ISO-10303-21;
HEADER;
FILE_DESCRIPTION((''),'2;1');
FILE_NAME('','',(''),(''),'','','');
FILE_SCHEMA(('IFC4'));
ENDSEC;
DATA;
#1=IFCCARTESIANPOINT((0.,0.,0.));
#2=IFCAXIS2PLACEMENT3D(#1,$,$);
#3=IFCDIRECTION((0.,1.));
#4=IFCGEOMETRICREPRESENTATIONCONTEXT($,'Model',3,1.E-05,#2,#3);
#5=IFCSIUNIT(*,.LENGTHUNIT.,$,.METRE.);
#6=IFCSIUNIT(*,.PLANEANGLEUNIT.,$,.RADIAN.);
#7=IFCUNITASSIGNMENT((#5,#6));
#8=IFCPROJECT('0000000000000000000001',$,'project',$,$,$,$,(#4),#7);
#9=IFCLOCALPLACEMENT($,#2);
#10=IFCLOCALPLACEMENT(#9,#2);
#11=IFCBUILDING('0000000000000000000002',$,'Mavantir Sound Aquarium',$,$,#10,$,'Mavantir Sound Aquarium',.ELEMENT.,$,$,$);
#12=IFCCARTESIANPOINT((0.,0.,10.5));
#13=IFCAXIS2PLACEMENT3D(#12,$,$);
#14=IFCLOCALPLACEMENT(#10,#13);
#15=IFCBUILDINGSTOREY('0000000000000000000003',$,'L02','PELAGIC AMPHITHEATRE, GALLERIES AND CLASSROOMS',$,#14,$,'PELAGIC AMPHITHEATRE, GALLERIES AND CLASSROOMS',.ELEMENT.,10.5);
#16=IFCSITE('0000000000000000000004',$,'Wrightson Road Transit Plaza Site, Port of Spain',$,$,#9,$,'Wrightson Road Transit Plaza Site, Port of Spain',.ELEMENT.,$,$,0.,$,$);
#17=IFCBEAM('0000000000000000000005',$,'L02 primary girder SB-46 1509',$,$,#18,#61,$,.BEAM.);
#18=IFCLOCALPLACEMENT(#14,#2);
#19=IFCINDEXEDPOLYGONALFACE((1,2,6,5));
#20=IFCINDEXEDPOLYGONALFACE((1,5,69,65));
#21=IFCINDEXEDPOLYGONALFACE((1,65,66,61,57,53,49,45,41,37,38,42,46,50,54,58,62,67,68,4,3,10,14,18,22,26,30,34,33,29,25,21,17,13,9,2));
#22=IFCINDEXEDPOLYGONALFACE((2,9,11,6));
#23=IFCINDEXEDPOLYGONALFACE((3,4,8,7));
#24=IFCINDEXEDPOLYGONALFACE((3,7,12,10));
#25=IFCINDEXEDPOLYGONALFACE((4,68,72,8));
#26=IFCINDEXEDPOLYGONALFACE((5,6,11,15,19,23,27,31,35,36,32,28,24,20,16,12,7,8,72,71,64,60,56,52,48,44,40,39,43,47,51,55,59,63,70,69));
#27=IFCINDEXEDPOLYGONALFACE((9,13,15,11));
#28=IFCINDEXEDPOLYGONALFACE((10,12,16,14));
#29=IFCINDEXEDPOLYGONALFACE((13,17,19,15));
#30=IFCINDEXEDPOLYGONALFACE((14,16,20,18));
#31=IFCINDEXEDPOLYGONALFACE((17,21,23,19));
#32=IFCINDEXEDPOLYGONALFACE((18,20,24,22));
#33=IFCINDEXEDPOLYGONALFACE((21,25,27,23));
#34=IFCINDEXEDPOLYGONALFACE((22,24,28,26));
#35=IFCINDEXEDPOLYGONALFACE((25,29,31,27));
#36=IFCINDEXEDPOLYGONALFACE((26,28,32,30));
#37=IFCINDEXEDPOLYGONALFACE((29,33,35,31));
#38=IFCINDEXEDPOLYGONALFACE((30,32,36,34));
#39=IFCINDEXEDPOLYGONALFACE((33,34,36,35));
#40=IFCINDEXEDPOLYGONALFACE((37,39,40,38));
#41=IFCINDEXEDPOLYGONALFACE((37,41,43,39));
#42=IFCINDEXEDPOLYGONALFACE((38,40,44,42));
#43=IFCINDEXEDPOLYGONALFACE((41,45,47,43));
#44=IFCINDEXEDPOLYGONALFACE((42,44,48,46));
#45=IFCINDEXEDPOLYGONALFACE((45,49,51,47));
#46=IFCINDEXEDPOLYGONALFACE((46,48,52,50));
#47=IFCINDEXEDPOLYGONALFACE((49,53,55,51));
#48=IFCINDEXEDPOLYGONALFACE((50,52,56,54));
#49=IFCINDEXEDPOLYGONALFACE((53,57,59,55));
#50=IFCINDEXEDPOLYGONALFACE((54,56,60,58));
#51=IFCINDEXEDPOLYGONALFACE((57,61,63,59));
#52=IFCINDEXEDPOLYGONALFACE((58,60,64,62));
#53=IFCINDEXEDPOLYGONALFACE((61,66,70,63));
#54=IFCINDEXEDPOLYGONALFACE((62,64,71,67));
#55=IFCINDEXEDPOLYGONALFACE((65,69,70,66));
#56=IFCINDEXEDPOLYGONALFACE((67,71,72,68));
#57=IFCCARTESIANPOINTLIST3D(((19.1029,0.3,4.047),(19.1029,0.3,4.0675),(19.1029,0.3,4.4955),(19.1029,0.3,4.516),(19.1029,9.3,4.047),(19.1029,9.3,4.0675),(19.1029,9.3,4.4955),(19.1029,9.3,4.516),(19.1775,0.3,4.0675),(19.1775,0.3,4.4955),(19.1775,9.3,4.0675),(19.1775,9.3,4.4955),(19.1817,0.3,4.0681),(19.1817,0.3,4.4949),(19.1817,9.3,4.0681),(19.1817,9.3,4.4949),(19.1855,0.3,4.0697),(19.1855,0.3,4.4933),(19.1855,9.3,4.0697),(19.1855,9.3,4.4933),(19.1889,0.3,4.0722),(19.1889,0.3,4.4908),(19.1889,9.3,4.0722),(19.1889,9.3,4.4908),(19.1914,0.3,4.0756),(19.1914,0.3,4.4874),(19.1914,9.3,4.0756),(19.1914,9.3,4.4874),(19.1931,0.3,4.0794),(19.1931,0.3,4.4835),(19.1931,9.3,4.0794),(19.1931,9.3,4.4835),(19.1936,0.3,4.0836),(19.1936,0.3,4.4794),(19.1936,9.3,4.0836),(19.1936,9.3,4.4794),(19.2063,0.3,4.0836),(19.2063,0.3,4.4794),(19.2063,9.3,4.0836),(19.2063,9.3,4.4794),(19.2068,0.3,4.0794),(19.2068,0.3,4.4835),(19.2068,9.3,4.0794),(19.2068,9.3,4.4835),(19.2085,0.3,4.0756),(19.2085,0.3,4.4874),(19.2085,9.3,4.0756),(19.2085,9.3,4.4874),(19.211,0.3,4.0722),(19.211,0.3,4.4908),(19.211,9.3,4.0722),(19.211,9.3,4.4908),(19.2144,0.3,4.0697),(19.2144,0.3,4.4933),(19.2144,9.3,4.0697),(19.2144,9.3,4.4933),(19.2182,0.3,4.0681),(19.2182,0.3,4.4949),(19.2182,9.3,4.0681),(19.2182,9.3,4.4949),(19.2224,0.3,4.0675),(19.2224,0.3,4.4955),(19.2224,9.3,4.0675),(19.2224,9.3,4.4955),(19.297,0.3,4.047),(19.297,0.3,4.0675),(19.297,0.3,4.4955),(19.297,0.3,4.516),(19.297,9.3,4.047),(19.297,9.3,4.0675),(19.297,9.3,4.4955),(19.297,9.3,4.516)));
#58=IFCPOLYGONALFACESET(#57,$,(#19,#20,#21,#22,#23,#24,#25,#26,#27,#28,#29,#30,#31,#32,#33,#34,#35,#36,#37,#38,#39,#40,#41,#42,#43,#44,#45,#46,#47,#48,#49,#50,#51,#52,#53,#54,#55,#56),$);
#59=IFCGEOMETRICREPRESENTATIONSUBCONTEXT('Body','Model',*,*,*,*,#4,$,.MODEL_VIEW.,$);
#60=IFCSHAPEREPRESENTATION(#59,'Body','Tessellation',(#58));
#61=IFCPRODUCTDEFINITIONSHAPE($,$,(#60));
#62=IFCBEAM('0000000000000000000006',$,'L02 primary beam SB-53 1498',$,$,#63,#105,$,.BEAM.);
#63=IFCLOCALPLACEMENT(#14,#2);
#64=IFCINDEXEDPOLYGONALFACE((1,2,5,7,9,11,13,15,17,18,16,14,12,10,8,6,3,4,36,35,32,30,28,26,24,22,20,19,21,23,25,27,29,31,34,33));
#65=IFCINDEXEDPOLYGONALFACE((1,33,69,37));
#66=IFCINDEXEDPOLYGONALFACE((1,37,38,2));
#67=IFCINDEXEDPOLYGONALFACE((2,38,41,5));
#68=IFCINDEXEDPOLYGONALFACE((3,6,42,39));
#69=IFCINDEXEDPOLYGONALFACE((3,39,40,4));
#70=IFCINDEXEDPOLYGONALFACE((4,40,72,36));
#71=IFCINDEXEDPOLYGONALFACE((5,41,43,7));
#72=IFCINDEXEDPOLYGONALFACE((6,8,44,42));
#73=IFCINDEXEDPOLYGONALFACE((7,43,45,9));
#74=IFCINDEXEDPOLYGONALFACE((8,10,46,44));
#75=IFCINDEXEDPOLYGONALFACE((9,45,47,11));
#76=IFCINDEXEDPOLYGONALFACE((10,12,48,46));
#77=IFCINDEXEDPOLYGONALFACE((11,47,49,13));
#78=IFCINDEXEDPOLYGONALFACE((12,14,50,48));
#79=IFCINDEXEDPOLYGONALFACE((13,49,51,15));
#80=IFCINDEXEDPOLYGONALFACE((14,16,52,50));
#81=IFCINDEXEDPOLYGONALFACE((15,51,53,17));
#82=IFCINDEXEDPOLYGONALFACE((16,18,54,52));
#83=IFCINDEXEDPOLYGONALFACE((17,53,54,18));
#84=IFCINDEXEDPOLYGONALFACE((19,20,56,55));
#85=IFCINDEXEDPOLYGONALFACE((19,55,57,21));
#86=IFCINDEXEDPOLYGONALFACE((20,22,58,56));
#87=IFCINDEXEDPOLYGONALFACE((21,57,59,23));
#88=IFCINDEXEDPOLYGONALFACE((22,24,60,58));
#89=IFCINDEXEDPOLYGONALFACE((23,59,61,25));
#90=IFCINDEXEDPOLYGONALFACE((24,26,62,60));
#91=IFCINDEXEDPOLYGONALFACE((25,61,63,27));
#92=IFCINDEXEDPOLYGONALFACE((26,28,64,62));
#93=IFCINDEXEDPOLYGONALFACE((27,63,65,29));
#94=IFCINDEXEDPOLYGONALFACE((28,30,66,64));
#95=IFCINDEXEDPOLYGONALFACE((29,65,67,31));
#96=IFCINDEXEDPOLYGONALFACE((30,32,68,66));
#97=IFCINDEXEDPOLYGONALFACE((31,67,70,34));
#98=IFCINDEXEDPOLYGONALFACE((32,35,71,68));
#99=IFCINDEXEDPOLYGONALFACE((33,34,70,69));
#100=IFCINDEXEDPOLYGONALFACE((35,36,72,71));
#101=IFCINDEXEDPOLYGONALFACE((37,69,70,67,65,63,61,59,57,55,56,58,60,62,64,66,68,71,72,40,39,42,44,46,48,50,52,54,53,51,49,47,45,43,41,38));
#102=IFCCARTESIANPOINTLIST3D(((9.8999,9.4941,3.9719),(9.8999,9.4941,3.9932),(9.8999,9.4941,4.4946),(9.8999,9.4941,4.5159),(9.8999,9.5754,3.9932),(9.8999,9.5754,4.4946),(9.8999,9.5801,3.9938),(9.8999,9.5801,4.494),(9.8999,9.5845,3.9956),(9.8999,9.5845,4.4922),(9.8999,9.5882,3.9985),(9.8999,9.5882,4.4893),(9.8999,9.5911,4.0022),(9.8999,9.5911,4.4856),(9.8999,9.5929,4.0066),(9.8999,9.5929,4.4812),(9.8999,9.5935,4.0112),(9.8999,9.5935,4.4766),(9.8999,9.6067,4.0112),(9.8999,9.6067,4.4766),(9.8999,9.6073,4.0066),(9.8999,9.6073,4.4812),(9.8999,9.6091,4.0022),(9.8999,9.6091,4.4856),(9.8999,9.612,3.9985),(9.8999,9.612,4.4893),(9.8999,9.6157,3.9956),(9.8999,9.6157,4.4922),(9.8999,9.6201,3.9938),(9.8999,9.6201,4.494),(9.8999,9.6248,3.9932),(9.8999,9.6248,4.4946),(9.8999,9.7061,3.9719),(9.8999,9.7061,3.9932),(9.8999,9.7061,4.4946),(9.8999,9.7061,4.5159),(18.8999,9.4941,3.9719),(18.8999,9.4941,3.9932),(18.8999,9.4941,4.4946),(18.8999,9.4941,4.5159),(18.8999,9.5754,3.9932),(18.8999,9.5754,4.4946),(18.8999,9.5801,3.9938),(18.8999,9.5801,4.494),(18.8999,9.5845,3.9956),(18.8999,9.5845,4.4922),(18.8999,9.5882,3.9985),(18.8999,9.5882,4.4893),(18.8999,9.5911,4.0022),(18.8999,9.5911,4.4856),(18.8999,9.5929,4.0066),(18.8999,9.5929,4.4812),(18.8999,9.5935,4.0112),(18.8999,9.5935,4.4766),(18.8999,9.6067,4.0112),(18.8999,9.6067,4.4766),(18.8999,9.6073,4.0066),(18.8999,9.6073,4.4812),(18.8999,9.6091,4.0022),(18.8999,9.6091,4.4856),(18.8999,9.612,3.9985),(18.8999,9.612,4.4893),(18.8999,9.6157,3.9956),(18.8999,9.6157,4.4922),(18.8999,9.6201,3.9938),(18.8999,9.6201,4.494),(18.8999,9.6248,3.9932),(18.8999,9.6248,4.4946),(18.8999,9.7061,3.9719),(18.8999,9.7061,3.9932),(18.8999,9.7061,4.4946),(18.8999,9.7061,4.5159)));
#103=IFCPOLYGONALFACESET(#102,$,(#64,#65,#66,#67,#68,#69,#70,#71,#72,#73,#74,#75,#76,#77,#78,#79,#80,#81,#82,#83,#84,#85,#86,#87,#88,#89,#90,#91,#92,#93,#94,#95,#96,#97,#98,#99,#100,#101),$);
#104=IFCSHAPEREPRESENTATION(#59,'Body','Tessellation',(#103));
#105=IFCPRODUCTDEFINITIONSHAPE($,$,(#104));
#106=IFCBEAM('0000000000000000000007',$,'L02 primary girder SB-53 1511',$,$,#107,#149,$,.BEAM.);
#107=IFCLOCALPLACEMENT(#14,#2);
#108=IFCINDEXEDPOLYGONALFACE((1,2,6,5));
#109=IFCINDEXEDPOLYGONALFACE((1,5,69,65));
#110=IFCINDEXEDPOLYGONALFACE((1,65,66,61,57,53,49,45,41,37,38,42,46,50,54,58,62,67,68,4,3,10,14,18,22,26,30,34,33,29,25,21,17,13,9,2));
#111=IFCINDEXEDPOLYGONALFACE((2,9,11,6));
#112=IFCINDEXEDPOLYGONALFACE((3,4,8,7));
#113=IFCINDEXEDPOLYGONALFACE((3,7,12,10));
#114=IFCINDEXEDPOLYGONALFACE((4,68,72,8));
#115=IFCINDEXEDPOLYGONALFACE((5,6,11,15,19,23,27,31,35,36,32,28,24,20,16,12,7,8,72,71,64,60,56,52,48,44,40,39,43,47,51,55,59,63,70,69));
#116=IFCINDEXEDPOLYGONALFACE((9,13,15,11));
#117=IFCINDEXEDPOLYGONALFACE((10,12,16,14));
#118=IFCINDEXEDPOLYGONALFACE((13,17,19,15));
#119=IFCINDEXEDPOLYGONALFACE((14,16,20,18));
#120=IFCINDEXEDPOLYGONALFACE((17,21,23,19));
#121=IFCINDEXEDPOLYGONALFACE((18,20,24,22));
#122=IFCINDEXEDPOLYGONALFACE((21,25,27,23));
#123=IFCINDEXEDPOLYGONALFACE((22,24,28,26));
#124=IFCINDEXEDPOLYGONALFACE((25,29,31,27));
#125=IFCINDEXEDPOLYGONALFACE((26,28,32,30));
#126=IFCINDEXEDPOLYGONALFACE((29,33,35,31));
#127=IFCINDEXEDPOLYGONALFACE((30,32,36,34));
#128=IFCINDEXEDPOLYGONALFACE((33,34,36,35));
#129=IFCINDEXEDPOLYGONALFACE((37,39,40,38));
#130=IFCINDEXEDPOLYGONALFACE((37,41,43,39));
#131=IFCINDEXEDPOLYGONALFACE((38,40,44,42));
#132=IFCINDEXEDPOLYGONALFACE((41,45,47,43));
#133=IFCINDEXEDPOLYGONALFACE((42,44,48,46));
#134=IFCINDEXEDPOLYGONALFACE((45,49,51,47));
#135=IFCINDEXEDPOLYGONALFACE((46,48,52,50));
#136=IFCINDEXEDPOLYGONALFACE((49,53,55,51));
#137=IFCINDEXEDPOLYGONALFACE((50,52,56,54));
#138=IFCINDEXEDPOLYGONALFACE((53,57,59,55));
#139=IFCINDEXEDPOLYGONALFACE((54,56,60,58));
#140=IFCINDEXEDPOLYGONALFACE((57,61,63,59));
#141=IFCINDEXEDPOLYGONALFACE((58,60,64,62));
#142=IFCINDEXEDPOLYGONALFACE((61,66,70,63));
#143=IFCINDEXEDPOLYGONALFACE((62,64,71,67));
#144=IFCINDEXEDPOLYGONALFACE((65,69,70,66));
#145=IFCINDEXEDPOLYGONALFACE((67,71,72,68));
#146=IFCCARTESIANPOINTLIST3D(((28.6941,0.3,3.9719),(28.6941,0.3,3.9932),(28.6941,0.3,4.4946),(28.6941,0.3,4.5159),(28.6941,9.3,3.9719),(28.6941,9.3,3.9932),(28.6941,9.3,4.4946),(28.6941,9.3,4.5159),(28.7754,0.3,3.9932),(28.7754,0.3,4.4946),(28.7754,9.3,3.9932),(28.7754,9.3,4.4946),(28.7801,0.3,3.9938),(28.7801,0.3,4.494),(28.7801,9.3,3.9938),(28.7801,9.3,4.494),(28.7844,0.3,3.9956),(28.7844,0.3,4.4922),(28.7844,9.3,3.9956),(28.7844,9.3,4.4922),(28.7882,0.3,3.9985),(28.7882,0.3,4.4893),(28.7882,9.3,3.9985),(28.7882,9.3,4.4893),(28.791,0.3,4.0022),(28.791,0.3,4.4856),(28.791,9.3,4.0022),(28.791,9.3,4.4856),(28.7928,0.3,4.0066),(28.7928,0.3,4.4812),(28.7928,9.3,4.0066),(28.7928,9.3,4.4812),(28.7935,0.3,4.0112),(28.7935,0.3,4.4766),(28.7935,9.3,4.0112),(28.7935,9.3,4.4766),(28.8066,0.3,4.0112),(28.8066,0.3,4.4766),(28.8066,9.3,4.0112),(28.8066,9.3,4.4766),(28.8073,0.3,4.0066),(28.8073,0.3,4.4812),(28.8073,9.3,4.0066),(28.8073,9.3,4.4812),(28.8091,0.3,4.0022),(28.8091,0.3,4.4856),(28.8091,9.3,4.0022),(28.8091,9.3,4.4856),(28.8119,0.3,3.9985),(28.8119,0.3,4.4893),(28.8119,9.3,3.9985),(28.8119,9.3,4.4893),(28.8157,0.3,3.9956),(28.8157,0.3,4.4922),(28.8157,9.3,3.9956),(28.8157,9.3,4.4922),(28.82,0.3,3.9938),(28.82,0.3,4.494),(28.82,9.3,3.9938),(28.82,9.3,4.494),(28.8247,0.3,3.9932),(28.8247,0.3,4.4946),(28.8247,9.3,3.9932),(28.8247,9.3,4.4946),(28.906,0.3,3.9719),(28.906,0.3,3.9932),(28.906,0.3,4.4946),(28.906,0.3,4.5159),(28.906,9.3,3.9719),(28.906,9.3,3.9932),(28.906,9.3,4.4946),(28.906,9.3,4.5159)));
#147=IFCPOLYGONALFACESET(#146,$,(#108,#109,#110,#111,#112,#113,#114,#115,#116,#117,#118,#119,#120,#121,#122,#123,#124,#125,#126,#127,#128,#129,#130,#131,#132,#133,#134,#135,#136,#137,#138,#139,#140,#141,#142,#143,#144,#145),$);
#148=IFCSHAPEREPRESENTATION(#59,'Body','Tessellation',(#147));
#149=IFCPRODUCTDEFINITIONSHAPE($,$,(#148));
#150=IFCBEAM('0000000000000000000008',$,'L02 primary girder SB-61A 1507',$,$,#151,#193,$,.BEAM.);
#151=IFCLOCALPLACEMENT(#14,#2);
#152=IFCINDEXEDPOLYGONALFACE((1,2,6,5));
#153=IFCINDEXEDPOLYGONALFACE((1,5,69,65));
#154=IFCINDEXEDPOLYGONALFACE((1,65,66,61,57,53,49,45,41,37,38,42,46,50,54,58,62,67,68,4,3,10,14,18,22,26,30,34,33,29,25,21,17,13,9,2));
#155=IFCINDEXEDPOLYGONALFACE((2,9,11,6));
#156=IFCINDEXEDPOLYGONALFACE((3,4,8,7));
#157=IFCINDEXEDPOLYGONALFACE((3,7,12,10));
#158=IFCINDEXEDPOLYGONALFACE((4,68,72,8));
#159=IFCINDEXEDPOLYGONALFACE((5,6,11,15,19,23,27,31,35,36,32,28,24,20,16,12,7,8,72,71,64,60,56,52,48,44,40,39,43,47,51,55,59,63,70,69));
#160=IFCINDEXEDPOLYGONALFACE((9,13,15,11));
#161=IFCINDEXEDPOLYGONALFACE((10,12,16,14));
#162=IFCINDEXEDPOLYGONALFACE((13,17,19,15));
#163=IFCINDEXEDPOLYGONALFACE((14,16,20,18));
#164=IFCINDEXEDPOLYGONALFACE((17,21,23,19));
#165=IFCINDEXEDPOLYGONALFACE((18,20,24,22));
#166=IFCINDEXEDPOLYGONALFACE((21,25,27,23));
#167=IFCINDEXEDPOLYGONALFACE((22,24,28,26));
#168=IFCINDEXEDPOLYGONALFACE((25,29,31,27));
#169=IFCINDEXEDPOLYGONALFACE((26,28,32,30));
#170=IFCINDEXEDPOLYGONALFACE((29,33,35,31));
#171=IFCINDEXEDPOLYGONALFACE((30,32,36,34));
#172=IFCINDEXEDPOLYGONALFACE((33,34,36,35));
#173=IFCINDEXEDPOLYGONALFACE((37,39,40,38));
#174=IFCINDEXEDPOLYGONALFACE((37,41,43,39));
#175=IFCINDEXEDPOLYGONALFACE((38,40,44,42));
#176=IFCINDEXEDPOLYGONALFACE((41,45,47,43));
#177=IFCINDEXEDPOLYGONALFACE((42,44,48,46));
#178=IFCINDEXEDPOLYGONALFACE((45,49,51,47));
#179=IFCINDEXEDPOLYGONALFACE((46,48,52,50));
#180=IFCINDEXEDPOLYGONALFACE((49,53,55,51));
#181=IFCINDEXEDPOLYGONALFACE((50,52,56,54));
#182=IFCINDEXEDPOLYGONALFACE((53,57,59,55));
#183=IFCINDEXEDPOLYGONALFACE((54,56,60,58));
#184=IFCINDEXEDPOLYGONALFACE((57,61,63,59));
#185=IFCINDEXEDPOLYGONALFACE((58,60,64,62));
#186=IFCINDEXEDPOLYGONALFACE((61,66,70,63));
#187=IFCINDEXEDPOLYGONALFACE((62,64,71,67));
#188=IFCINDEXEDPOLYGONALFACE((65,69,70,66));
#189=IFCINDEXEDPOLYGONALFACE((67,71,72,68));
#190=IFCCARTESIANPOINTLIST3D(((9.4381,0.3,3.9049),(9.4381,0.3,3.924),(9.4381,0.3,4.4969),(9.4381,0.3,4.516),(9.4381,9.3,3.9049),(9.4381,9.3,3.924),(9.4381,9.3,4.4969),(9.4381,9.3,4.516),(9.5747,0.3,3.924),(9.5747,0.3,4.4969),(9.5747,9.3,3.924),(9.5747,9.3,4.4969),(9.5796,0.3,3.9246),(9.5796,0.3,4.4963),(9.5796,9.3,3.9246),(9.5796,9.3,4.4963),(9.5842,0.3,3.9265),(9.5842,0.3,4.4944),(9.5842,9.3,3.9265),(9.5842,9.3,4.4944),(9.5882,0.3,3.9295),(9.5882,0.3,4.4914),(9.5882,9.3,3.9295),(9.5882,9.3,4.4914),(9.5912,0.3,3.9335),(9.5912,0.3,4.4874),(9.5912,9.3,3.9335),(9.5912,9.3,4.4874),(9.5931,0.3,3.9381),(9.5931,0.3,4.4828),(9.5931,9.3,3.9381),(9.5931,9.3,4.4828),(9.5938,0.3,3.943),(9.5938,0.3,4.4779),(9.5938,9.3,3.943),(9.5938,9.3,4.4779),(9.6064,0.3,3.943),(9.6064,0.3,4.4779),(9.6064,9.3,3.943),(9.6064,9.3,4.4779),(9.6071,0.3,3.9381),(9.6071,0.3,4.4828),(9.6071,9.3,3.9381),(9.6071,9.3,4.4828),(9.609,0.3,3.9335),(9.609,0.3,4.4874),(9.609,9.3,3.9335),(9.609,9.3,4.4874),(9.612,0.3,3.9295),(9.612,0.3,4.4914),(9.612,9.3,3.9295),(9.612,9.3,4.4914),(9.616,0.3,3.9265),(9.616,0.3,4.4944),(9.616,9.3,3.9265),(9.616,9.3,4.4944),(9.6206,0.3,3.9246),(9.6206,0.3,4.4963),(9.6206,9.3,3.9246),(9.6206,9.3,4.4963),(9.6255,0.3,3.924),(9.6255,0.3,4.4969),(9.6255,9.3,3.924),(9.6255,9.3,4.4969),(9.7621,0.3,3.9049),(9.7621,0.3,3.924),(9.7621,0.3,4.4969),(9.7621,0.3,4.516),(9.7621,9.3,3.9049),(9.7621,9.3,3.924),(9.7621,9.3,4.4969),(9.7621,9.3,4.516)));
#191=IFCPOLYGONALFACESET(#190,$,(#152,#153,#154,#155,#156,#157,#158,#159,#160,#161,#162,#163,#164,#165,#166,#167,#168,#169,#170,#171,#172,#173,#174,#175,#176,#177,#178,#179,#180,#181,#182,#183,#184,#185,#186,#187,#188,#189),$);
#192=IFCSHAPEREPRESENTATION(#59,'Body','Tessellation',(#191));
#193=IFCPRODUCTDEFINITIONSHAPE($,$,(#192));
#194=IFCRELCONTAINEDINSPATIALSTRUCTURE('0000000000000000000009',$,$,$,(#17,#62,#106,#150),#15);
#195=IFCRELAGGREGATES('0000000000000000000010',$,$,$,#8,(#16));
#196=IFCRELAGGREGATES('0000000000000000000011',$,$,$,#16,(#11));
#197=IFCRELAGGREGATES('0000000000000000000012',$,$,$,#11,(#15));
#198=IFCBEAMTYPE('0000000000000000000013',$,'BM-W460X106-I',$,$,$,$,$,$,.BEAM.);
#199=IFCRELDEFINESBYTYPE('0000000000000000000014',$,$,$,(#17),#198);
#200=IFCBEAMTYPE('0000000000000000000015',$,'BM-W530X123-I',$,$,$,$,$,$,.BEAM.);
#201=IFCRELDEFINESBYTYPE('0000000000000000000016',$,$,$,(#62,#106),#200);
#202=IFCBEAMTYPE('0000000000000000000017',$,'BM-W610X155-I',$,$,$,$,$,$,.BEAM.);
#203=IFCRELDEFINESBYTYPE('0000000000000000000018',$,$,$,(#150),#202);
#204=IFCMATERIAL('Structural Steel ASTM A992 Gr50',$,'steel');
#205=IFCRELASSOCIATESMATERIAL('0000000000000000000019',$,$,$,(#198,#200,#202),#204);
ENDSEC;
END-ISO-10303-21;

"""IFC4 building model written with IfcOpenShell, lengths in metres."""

from ifc_helpers import new_model, si_unit, direction, frame, origin, origin_2d, place, context, subcontext, project, spatial, i_section, extrude, material, material_profile, profile_set, type_object, element, save


model = new_model("IFC4")

# Units and contexts
model_context = context("Model", 3, precision=1e-05, world=origin(), true_north=direction((0.0, 1.0)))
body_context = subcontext(model_context, "Body", "Model", "MODEL_VIEW")
ifc_project = project(units=[si_unit("LENGTHUNIT", "METRE"), si_unit("PLANEANGLEUNIT", "RADIAN")], contexts=[model_context])

# Site, building, storey
site_placement = place(None, origin())
site = spatial("IfcSite", under=ifc_project, at=site_placement, Name="Wrightson Road Transit Plaza Site, Port of Spain", LongName="Wrightson Road Transit Plaza Site, Port of Spain", CompositionType="ELEMENT", RefElevation=0.0)
building_placement = place(site_placement, origin())
building = spatial("IfcBuilding", under=site, at=building_placement, Name="Mavantir Sound Aquarium", LongName="Mavantir Sound Aquarium", CompositionType="ELEMENT")
storey_placement = place(building_placement, frame((0.0, 0.0, 10.5)))
storey = spatial("IfcBuildingStorey", under=building, at=storey_placement, Name="L02", Description="PELAGIC AMPHITHEATRE, GALLERIES AND CLASSROOMS", LongName="PELAGIC AMPHITHEATRE, GALLERIES AND CLASSROOMS", CompositionType="ELEMENT", Elevation=10.5)

# Beams
ifc_material_1 = material(Name="Structural Steel ASTM A992 Gr50", Category="steel")
ifc_material_profile_1 = material_profile(ifc_material_1, i_section(OverallWidth=0.1941, OverallDepth=0.469, WebThickness=0.0127, FlangeThickness=0.0205, FilletRadius=0.0161, at=origin_2d()), Name="W460X106")
ifc_profile_set_1 = profile_set([ifc_material_profile_1], Name="Structural Steel ASTM A992 Gr50")
beam_type_1 = type_object("IfcBeamType", Name="BM-W460X106-I", PredefinedType="BEAM", material=ifc_profile_set_1)
beam_1_placement = place(storey_placement, frame((19.2, 0.3, 4.2815), z_axis=(0.0, 1.0, 0.0), x_axis=(-1.0, 0.0, 0.0)))
element("IfcBeam", 1, at=beam_1_placement, inside=storey, type_object=beam_type_1, Name="L02 primary girder SB-46 1509", PredefinedType="BEAM", context=body_context, shape_type="SweptSolid", body=[
    extrude(i_section(OverallWidth=0.1941, OverallDepth=0.469, WebThickness=0.0127, FlangeThickness=0.0205, FilletRadius=0.0161, at=origin_2d()), origin(), (0.0, 0.0, 1.0), 9.0),
])
ifc_material_profile_2 = material_profile(ifc_material_1, i_section(OverallWidth=0.2119, OverallDepth=0.5439, WebThickness=0.0132, FlangeThickness=0.0212, FilletRadius=0.0181, at=origin_2d()), Name="W530X123")
ifc_profile_set_2 = profile_set([ifc_material_profile_2], Name="Structural Steel ASTM A992 Gr50")
beam_type_2 = type_object("IfcBeamType", Name="BM-W530X123-I", PredefinedType="BEAM", material=ifc_profile_set_2)
for number, where, z_axis, x_axis, name in (
    (2, (9.8999, 9.6001, 4.2439), (1.0, 0.0, 0.0), (0.0, 1.0, 0.0), "L02 primary beam SB-53 1498"),
    (3, (28.8, 0.3, 4.2439), (0.0, 1.0, 0.0), (-1.0, 0.0, 0.0), "L02 primary girder SB-53 1511"),
):
    element("IfcBeam", number, at=place(storey_placement, frame(where, z_axis=z_axis, x_axis=x_axis)), inside=storey, type_object=beam_type_2, Name=name, PredefinedType="BEAM", context=body_context, shape_type="SweptSolid", body=[
        extrude(i_section(OverallWidth=0.2119, OverallDepth=0.5439, WebThickness=0.0132, FlangeThickness=0.0212, FilletRadius=0.0181, at=origin_2d()), origin(), (0.0, 0.0, 1.0), 9.0),
    ])
ifc_material_profile_3 = material_profile(ifc_material_1, i_section(OverallWidth=0.324, OverallDepth=0.6111, WebThickness=0.0127, FlangeThickness=0.019, FilletRadius=0.019, at=origin_2d()), Name="W610X155")
ifc_profile_set_3 = profile_set([ifc_material_profile_3], Name="Structural Steel ASTM A992 Gr50")
beam_type_3 = type_object("IfcBeamType", Name="BM-W610X155-I", PredefinedType="BEAM", material=ifc_profile_set_3)
beam_2_placement = place(storey_placement, frame((9.6001, 0.3, 4.2104), z_axis=(0.0, 1.0, 0.0), x_axis=(-1.0, 0.0, 0.0)))
element("IfcBeam", 4, at=beam_2_placement, inside=storey, type_object=beam_type_3, Name="L02 primary girder SB-61A 1507", PredefinedType="BEAM", context=body_context, shape_type="SweptSolid", body=[
    extrude(i_section(OverallWidth=0.324, OverallDepth=0.6111, WebThickness=0.0127, FlangeThickness=0.019, FilletRadius=0.019, at=origin_2d()), origin(), (0.0, 0.0, 1.0), 9.0),
])

save(model, "model.ifc")
